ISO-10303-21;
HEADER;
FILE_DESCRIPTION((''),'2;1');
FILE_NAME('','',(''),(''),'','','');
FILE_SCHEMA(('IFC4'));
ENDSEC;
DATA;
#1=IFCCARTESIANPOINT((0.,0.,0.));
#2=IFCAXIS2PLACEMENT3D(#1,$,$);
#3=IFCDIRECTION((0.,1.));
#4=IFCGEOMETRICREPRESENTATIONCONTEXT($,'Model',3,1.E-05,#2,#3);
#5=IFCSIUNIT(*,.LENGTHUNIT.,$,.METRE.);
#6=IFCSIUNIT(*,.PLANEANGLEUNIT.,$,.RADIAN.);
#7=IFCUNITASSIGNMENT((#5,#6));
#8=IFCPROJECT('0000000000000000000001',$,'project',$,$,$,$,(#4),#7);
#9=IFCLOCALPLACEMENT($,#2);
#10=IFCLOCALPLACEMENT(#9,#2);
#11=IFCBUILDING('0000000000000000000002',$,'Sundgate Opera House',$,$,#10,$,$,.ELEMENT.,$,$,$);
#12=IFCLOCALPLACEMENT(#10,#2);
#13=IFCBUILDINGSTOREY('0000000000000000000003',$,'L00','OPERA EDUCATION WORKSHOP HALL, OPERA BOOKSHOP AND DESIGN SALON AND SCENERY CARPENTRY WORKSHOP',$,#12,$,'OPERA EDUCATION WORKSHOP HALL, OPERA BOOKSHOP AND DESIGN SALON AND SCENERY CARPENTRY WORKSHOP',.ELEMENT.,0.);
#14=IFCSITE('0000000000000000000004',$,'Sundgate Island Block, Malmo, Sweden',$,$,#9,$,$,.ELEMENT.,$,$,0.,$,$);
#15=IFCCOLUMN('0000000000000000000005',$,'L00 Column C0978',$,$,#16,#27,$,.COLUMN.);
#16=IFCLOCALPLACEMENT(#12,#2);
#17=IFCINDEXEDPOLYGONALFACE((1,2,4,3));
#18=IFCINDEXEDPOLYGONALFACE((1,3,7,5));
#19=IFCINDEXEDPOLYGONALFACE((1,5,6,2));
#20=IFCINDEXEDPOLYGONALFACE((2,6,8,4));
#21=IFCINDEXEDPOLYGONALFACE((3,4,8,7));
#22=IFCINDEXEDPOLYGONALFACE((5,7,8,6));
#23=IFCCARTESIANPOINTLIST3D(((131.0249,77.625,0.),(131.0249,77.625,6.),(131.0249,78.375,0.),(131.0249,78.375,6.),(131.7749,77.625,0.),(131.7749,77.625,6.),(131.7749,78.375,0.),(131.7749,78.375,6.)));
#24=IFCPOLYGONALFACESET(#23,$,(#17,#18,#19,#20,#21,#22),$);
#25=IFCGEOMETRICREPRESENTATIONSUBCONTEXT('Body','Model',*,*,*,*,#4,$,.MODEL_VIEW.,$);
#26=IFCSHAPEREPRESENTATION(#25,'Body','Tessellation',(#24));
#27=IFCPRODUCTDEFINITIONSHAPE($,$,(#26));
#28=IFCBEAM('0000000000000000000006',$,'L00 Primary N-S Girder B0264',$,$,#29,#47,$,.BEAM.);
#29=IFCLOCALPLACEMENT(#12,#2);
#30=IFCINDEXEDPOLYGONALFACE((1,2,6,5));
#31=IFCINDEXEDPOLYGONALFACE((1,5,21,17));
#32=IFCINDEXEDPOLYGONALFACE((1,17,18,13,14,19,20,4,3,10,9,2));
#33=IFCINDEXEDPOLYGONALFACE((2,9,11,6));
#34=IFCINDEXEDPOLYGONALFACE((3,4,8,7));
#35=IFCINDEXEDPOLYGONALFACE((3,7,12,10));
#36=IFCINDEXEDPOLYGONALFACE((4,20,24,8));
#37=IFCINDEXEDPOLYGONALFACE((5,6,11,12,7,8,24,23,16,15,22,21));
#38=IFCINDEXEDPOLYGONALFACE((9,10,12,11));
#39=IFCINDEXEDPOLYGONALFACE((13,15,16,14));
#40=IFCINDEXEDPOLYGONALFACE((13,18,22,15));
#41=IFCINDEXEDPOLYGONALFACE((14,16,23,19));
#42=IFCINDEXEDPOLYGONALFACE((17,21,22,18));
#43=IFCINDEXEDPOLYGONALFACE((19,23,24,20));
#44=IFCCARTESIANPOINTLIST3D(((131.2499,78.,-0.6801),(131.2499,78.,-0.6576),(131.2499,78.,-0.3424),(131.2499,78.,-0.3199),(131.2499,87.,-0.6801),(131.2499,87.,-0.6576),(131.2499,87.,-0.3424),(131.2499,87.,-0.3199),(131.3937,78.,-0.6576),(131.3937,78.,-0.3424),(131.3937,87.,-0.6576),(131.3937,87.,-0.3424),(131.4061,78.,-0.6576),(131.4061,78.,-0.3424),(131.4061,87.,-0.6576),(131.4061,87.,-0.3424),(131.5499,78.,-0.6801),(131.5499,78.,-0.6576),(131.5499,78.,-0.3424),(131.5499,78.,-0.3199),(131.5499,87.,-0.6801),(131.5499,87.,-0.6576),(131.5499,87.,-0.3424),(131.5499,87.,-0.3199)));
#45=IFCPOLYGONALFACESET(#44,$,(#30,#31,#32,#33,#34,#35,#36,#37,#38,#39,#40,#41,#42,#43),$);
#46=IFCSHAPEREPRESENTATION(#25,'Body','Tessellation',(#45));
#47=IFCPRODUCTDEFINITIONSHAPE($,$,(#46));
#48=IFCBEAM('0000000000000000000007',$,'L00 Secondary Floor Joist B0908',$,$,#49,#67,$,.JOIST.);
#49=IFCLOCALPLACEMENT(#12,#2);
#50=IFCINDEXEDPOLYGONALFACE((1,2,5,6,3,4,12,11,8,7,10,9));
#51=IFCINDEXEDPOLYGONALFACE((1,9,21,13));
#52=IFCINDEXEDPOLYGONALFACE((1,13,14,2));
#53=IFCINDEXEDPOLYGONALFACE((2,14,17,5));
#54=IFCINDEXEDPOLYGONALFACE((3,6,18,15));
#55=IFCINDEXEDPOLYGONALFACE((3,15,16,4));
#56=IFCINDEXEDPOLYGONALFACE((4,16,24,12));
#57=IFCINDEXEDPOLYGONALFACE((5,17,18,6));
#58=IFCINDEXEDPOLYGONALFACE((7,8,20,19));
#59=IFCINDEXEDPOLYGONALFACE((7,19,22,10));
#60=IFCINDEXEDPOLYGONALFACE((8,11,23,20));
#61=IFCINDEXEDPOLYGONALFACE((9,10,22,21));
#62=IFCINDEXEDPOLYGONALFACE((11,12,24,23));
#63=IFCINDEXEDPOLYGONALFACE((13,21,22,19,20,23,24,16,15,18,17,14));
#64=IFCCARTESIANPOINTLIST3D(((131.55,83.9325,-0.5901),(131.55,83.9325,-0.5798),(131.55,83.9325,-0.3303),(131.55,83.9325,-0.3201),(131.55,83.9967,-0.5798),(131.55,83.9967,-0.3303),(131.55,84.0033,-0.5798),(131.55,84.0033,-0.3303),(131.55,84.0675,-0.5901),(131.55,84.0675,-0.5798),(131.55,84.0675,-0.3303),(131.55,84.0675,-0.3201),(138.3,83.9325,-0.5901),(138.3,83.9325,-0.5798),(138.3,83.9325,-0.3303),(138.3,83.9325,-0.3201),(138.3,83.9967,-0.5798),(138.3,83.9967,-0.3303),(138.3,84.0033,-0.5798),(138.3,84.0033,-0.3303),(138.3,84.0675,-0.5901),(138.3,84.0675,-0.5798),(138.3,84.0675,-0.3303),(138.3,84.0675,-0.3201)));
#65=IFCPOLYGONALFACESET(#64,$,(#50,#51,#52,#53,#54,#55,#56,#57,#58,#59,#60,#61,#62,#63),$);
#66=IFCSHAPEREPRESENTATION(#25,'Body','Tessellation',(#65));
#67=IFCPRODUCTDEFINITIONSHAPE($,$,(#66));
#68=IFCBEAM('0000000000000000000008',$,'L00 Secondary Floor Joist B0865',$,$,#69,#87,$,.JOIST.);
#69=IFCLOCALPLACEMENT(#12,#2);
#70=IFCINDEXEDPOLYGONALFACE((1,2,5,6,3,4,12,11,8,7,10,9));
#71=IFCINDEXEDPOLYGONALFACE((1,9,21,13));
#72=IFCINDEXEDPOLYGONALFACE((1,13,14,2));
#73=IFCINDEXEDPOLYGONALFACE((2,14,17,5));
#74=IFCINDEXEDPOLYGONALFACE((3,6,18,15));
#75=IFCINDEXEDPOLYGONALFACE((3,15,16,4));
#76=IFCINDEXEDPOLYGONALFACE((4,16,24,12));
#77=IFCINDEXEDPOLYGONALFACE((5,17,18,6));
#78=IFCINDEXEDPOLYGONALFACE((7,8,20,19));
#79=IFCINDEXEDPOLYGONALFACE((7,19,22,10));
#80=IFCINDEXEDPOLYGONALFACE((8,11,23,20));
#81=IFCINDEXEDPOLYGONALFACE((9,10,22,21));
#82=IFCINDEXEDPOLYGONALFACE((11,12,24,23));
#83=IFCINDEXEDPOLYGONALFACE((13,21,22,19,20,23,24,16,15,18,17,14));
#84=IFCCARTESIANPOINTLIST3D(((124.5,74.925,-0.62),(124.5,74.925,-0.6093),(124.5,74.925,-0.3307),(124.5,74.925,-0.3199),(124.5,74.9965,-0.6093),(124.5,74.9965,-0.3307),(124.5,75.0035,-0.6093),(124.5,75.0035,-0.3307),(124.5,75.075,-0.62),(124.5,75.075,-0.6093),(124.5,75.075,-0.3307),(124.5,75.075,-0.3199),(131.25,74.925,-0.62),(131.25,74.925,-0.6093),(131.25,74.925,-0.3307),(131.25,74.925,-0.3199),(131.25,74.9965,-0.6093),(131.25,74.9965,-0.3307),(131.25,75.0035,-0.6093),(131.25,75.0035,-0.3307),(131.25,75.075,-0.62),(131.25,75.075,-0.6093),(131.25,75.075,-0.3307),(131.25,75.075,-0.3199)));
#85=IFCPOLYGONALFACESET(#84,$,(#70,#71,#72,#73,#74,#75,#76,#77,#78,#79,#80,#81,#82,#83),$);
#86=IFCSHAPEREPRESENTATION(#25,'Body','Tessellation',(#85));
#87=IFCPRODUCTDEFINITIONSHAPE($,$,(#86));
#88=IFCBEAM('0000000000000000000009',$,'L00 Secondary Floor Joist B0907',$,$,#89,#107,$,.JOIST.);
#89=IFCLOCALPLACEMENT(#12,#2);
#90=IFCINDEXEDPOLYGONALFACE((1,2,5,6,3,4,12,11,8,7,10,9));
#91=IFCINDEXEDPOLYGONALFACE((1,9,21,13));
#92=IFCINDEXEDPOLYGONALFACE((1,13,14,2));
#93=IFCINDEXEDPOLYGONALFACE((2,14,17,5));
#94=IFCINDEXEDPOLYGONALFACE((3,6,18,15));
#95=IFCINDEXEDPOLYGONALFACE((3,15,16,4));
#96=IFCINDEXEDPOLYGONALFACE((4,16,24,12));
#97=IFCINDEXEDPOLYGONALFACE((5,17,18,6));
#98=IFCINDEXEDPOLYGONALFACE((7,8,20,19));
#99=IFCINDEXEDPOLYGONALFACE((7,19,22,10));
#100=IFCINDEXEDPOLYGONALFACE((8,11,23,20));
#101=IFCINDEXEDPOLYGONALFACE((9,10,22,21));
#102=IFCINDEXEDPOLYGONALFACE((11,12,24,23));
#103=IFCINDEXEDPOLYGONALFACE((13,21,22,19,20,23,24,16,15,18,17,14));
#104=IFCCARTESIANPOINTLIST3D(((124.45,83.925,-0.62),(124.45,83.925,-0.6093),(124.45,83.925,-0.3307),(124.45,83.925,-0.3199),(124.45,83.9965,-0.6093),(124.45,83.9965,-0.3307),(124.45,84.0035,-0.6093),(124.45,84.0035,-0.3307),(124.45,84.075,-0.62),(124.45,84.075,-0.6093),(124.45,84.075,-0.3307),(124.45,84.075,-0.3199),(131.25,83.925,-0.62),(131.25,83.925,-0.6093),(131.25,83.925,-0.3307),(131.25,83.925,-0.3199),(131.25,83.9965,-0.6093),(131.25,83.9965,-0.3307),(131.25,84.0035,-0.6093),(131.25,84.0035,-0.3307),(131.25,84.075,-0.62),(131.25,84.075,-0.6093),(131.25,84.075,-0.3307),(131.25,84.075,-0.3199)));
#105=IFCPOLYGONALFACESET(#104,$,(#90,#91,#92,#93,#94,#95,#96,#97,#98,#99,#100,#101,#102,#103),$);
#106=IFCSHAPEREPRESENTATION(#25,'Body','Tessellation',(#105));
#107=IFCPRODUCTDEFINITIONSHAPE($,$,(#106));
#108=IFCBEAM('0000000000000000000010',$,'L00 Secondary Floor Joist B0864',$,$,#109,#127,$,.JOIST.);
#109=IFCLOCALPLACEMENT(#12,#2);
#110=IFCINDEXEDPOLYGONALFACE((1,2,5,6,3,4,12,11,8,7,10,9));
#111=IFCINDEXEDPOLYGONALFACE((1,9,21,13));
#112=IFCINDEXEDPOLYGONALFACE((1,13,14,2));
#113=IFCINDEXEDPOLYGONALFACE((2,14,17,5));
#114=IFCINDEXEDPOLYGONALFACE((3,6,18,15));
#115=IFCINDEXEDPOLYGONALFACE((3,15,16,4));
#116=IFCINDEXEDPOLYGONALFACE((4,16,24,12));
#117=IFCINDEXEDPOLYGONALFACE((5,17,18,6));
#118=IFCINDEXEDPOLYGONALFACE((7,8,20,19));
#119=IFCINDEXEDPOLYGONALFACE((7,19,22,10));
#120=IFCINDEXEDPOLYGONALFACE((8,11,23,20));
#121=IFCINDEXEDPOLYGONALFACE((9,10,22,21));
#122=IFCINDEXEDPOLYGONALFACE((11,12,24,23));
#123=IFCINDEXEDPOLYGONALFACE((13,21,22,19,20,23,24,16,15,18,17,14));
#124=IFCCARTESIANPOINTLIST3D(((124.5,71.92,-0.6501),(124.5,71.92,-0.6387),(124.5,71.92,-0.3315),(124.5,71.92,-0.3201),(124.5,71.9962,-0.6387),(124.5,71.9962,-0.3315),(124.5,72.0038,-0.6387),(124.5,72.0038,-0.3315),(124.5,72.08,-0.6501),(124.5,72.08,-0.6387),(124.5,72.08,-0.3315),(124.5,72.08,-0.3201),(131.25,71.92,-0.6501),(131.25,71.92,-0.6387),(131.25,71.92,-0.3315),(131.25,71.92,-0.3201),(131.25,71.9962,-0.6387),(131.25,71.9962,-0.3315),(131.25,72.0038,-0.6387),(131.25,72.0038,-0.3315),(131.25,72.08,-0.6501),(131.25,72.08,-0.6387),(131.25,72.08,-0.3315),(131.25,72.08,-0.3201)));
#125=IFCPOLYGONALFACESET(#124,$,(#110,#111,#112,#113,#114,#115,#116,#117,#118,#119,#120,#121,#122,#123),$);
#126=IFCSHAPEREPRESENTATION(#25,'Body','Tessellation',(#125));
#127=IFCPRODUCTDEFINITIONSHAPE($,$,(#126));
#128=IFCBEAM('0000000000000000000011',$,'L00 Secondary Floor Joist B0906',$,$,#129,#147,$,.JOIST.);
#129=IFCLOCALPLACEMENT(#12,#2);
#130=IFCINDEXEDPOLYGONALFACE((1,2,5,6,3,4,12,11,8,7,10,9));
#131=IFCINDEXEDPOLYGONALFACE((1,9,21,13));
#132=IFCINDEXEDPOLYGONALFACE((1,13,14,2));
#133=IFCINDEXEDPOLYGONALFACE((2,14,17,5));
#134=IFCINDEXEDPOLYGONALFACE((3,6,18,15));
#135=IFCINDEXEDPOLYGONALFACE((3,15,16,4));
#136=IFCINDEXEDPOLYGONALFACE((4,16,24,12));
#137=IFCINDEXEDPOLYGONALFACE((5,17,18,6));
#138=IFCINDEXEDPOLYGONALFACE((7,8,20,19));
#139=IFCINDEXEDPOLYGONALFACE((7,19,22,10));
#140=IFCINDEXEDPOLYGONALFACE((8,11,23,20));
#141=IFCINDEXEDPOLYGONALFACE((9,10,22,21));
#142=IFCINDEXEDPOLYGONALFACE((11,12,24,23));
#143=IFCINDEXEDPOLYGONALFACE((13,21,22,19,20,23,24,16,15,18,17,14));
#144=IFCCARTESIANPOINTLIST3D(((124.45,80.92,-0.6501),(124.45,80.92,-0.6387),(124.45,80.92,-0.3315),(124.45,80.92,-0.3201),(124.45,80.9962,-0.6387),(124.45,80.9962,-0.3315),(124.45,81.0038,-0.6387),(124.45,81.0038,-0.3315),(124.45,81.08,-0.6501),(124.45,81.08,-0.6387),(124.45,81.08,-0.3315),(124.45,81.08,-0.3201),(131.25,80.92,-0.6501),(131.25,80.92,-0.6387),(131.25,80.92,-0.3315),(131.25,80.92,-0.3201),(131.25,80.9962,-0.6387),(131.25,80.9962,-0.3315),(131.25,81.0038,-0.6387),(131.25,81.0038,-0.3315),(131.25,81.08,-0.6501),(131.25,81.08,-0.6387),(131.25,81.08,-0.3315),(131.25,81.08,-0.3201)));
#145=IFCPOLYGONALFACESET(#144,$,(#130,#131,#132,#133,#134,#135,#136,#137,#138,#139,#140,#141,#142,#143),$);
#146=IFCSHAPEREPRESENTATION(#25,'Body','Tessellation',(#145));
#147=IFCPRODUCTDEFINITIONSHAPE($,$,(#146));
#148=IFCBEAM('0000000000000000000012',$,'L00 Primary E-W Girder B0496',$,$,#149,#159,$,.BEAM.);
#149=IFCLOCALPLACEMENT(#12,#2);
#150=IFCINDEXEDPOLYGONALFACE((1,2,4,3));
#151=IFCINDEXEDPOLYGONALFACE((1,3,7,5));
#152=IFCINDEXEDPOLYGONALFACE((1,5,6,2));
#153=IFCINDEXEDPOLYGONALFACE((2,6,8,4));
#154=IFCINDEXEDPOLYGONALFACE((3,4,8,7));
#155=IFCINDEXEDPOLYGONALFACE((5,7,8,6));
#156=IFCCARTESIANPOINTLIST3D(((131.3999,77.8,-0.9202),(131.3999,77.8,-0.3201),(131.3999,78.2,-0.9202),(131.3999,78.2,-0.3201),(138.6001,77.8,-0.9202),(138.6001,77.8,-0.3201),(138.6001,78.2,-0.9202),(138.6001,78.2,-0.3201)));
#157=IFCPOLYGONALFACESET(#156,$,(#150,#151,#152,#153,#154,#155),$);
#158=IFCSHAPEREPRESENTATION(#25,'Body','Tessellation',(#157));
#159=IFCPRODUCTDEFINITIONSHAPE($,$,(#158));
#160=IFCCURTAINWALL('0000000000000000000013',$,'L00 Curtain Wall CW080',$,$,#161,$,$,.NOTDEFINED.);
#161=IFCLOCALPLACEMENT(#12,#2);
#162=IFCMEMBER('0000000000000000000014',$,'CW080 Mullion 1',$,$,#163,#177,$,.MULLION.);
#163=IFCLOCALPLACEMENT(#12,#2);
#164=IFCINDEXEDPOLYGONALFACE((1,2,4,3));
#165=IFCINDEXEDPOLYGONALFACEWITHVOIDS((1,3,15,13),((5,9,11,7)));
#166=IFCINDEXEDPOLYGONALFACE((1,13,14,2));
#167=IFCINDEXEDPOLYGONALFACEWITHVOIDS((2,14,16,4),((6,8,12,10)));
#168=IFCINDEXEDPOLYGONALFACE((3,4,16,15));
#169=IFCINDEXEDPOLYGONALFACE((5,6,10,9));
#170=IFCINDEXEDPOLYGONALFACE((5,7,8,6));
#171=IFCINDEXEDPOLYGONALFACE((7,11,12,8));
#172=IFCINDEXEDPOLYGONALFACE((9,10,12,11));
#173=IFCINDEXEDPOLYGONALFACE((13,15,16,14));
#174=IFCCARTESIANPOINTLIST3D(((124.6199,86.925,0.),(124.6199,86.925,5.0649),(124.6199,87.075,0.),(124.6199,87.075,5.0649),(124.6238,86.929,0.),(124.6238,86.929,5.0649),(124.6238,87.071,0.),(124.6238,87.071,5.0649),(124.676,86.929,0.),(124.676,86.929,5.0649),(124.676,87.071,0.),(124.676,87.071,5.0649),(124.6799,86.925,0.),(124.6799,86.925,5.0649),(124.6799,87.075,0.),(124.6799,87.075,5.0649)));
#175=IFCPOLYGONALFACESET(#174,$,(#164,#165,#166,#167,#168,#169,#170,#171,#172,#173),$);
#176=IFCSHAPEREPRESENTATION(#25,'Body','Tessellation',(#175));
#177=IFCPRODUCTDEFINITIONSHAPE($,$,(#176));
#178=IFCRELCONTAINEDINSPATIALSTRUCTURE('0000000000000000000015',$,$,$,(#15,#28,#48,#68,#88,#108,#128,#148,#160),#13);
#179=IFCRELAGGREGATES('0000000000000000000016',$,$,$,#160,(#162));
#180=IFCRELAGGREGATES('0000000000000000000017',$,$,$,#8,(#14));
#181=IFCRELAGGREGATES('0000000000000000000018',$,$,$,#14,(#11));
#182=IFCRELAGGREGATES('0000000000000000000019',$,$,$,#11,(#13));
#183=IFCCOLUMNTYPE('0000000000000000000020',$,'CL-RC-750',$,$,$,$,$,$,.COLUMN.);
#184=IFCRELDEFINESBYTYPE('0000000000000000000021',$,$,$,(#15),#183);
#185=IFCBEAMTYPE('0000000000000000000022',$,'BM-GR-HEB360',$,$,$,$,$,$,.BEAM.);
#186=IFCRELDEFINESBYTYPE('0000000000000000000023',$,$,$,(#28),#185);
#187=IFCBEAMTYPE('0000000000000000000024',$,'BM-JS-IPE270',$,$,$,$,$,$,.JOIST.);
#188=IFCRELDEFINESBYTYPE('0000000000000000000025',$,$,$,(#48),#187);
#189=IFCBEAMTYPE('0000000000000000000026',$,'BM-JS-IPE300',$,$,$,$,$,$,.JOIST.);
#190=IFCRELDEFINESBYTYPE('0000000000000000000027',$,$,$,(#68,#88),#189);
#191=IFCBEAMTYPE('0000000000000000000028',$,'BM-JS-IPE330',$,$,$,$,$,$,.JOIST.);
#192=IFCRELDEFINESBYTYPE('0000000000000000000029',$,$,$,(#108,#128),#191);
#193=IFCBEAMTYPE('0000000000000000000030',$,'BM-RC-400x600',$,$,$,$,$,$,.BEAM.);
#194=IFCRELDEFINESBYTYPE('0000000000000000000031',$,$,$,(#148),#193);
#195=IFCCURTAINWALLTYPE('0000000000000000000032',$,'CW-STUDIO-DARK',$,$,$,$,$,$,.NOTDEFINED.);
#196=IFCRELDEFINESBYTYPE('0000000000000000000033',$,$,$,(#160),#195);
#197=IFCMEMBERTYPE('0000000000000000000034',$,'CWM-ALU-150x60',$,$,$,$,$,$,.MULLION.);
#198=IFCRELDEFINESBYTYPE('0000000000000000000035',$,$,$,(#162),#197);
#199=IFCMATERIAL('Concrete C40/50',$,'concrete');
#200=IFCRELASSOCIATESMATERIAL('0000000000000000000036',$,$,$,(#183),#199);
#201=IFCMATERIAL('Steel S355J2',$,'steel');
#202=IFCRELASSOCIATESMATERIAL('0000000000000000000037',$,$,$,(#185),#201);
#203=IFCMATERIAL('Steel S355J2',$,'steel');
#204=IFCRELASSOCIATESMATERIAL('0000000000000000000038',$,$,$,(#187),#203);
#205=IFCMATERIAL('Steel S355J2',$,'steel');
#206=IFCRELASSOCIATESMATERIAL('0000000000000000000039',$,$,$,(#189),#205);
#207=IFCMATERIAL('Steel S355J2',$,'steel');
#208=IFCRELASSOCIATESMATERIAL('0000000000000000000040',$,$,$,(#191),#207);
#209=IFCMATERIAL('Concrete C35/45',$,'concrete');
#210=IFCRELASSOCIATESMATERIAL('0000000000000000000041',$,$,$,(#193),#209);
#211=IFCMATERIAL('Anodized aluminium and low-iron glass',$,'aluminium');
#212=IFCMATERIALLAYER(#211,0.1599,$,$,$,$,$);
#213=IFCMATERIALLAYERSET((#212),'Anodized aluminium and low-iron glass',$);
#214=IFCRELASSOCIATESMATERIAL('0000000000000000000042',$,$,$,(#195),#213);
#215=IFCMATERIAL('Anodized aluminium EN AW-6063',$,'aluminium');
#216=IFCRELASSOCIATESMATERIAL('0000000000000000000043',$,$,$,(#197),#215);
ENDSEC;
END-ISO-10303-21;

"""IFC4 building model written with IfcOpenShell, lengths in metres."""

from ifc_helpers import new_model, si_unit, direction, frame, origin, origin_2d, place, context, subcontext, project, spatial, rectangle, hollow_rectangle, i_section, extrude, material, layer, layer_set, material_profile, profile_set, type_object, element, aggregate, save


model = new_model("IFC4")

# Units and contexts
model_context = context("Model", 3, precision=1e-05, world=origin(), true_north=direction((0.0, 1.0)))
body_context = subcontext(model_context, "Body", "Model", "MODEL_VIEW")
ifc_project = project(units=[si_unit("LENGTHUNIT", "METRE"), si_unit("PLANEANGLEUNIT", "RADIAN")], contexts=[model_context])

# Site, building, storey
site_placement = place(None, origin())
site = spatial("IfcSite", under=ifc_project, at=site_placement, Name="Sundgate Island Block, Malmo, Sweden", CompositionType="ELEMENT", RefElevation=0.0)
building_placement = place(site_placement, origin())
building = spatial("IfcBuilding", under=site, at=building_placement, Name="Sundgate Opera House", CompositionType="ELEMENT")
storey_placement = place(building_placement, origin())
storey = spatial("IfcBuildingStorey", under=building, at=storey_placement, Name="L00", Description="OPERA EDUCATION WORKSHOP HALL, OPERA BOOKSHOP AND DESIGN SALON AND SCENERY CARPENTRY WORKSHOP", LongName="OPERA EDUCATION WORKSHOP HALL, OPERA BOOKSHOP AND DESIGN SALON AND SCENERY CARPENTRY WORKSHOP", CompositionType="ELEMENT", Elevation=0.0)

# Column
ifc_material_1 = material(Name="Concrete C40/50", Category="concrete")
ifc_material_profile_1 = material_profile(ifc_material_1, rectangle(XDim=0.75, YDim=0.75, at=origin_2d()), Name="RC 750x750")
ifc_profile_set_1 = profile_set([ifc_material_profile_1], Name="Concrete C40/50")
column_type = type_object("IfcColumnType", Name="CL-RC-750", PredefinedType="COLUMN", material=ifc_profile_set_1)
column_placement = place(storey_placement, frame((131.3999, 78.0, 0.0), z_axis=(0.0, 0.0, 1.0), x_axis=(1.0, 0.0, 0.0)))
element("IfcColumn", 1, at=column_placement, inside=storey, type_object=column_type, Name="L00 Column C0978", PredefinedType="COLUMN", context=body_context, shape_type="SweptSolid", body=[
    extrude(rectangle(XDim=0.75, YDim=0.75, at=origin_2d()), origin(), (0.0, 0.0, 1.0), 6.0),
])

# Beams
ifc_material_2 = material(Name="Steel S355J2", Category="steel")
ifc_material_profile_2 = material_profile(ifc_material_2, i_section(OverallWidth=0.3, OverallDepth=0.3601, WebThickness=0.0125, FlangeThickness=0.0225, at=origin_2d()), Name="HEB 360")
ifc_profile_set_2 = profile_set([ifc_material_profile_2], Name="Steel S355J2")
beam_type_1 = type_object("IfcBeamType", Name="BM-GR-HEB360", PredefinedType="BEAM", material=ifc_profile_set_2)
beam_1_placement = place(storey_placement, frame((131.3999, 78.0, -0.5), z_axis=(0.0, 1.0, 0.0), x_axis=(-1.0, 0.0, 0.0)))
element("IfcBeam", 2, at=beam_1_placement, inside=storey, type_object=beam_type_1, Name="L00 Primary N-S Girder B0264", PredefinedType="BEAM", context=body_context, shape_type="SweptSolid", body=[
    extrude(i_section(OverallWidth=0.3, OverallDepth=0.3601, WebThickness=0.0125, FlangeThickness=0.0225, at=origin_2d()), origin(), (0.0, 0.0, 1.0), 9.0),
])
ifc_material_3 = material(Name="Steel S355J2", Category="steel")
ifc_material_profile_3 = material_profile(ifc_material_3, i_section(OverallWidth=0.135, OverallDepth=0.27, WebThickness=0.0066, FlangeThickness=0.0103, at=origin_2d()), Name="IPE 270")
ifc_profile_set_3 = profile_set([ifc_material_profile_3], Name="Steel S355J2")
beam_type_2 = type_object("IfcBeamType", Name="BM-JS-IPE270", PredefinedType="JOIST", material=ifc_profile_set_3)
beam_2_placement = place(storey_placement, frame((131.55, 84.0, -0.4551), z_axis=(1.0, 0.0, 0.0), x_axis=(0.0, 1.0, 0.0)))
element("IfcBeam", 3, at=beam_2_placement, inside=storey, type_object=beam_type_2, Name="L00 Secondary Floor Joist B0908", PredefinedType="JOIST", context=body_context, shape_type="SweptSolid", body=[
    extrude(i_section(OverallWidth=0.135, OverallDepth=0.27, WebThickness=0.0066, FlangeThickness=0.0103, at=origin_2d()), origin(), (0.0, 0.0, 1.0), 6.75),
])
ifc_material_4 = material(Name="Steel S355J2", Category="steel")
ifc_material_profile_4 = material_profile(ifc_material_4, i_section(OverallWidth=0.1499, OverallDepth=0.3, WebThickness=0.0071, FlangeThickness=0.0107, at=origin_2d()), Name="IPE 300")
ifc_profile_set_4 = profile_set([ifc_material_profile_4], Name="Steel S355J2")
beam_type_3 = type_object("IfcBeamType", Name="BM-JS-IPE300", PredefinedType="JOIST", material=ifc_profile_set_4)
beam_3_placement = place(storey_placement, frame((124.5, 75.0, -0.47), z_axis=(1.0, 0.0, 0.0), x_axis=(0.0, 1.0, 0.0)))
element("IfcBeam", 4, at=beam_3_placement, inside=storey, type_object=beam_type_3, Name="L00 Secondary Floor Joist B0865", PredefinedType="JOIST", context=body_context, shape_type="SweptSolid", body=[
    extrude(i_section(OverallWidth=0.1499, OverallDepth=0.3, WebThickness=0.0071, FlangeThickness=0.0107, at=origin_2d()), origin(), (0.0, 0.0, 1.0), 6.75),
])
beam_4_placement = place(storey_placement, frame((124.45, 84.0, -0.47), z_axis=(1.0, 0.0, 0.0), x_axis=(0.0, 1.0, 0.0)))
element("IfcBeam", 5, at=beam_4_placement, inside=storey, type_object=beam_type_3, Name="L00 Secondary Floor Joist B0907", PredefinedType="JOIST", context=body_context, shape_type="SweptSolid", body=[
    extrude(i_section(OverallWidth=0.1499, OverallDepth=0.3, WebThickness=0.0071, FlangeThickness=0.0107, at=origin_2d()), origin(), (0.0, 0.0, 1.0), 6.8),
])
ifc_material_5 = material(Name="Steel S355J2", Category="steel")
ifc_material_profile_5 = material_profile(ifc_material_5, i_section(OverallWidth=0.1599, OverallDepth=0.3301, WebThickness=0.0076, FlangeThickness=0.0115, at=origin_2d()), Name="IPE 330")
ifc_profile_set_5 = profile_set([ifc_material_profile_5], Name="Steel S355J2")
beam_type_4 = type_object("IfcBeamType", Name="BM-JS-IPE330", PredefinedType="JOIST", material=ifc_profile_set_5)
beam_5_placement = place(storey_placement, frame((124.5, 72.0, -0.4851), z_axis=(1.0, 0.0, 0.0), x_axis=(0.0, 1.0, 0.0)))
element("IfcBeam", 6, at=beam_5_placement, inside=storey, type_object=beam_type_4, Name="L00 Secondary Floor Joist B0864", PredefinedType="JOIST", context=body_context, shape_type="SweptSolid", body=[
    extrude(i_section(OverallWidth=0.1599, OverallDepth=0.3301, WebThickness=0.0076, FlangeThickness=0.0115, at=origin_2d()), origin(), (0.0, 0.0, 1.0), 6.75),
])
beam_6_placement = place(storey_placement, frame((124.45, 81.0, -0.4851), z_axis=(1.0, 0.0, 0.0), x_axis=(0.0, 1.0, 0.0)))
element("IfcBeam", 7, at=beam_6_placement, inside=storey, type_object=beam_type_4, Name="L00 Secondary Floor Joist B0906", PredefinedType="JOIST", context=body_context, shape_type="SweptSolid", body=[
    extrude(i_section(OverallWidth=0.1599, OverallDepth=0.3301, WebThickness=0.0076, FlangeThickness=0.0115, at=origin_2d()), origin(), (0.0, 0.0, 1.0), 6.8),
])
ifc_material_6 = material(Name="Concrete C35/45", Category="concrete")
ifc_material_profile_6 = material_profile(ifc_material_6, rectangle(XDim=0.3999, YDim=0.6001, at=origin_2d()), Name="RC 400x600")
ifc_profile_set_6 = profile_set([ifc_material_profile_6], Name="Concrete C35/45")
beam_type_5 = type_object("IfcBeamType", Name="BM-RC-400x600", PredefinedType="BEAM", material=ifc_profile_set_6)
beam_7_placement = place(storey_placement, frame((131.3999, 78.0, -0.6201), z_axis=(1.0, 0.0, 0.0), x_axis=(0.0, 1.0, 0.0)))
element("IfcBeam", 8, at=beam_7_placement, inside=storey, type_object=beam_type_5, Name="L00 Primary E-W Girder B0496", PredefinedType="BEAM", context=body_context, shape_type="SweptSolid", body=[
    extrude(rectangle(XDim=0.3999, YDim=0.6001, at=origin_2d()), origin(), (0.0, 0.0, 1.0), 7.2002),
])

# Curtain wall, member
ifc_material_7 = material(Name="Anodized aluminium and low-iron glass", Category="aluminium")
ifc_layer_1 = layer(ifc_material_7, 0.1599)
ifc_layer_set_1 = layer_set([ifc_layer_1], Name="Anodized aluminium and low-iron glass")
curtain_wall_type = type_object("IfcCurtainWallType", Name="CW-STUDIO-DARK", PredefinedType="NOTDEFINED", material=ifc_layer_set_1)
curtain_wall_placement = place(storey_placement, origin())
curtain_wall = element("IfcCurtainWall", 9, at=curtain_wall_placement, inside=storey, type_object=curtain_wall_type, Name="L00 Curtain Wall CW080", PredefinedType="NOTDEFINED")
ifc_material_8 = material(Name="Anodized aluminium EN AW-6063", Category="aluminium")
ifc_material_profile_7 = material_profile(ifc_material_8, hollow_rectangle(XDim=0.0601, YDim=0.1499, WallThickness=0.0039, at=origin_2d()), Name="CWM 150x60x4")
ifc_profile_set_7 = profile_set([ifc_material_profile_7], Name="Anodized aluminium EN AW-6063")
member_type_1 = type_object("IfcMemberType", Name="CWM-ALU-150x60", PredefinedType="MULLION", material=ifc_profile_set_7)
member_1_placement = place(storey_placement, frame((124.6499, 87.0, 0.0), z_axis=(0.0, 0.0, 1.0), x_axis=(1.0, 0.0, 0.0)))
member_1 = element("IfcMember", 10, at=member_1_placement, type_object=member_type_1, Name="CW080 Mullion 1", PredefinedType="MULLION", context=body_context, shape_type="SweptSolid", body=[
    extrude(hollow_rectangle(XDim=0.0601, YDim=0.1499, WallThickness=0.0039, at=origin_2d()), origin(), (0.0, 0.0, 1.0), 5.0649),
])
aggregate(curtain_wall, [member_1])

save(model, "model.ifc")
